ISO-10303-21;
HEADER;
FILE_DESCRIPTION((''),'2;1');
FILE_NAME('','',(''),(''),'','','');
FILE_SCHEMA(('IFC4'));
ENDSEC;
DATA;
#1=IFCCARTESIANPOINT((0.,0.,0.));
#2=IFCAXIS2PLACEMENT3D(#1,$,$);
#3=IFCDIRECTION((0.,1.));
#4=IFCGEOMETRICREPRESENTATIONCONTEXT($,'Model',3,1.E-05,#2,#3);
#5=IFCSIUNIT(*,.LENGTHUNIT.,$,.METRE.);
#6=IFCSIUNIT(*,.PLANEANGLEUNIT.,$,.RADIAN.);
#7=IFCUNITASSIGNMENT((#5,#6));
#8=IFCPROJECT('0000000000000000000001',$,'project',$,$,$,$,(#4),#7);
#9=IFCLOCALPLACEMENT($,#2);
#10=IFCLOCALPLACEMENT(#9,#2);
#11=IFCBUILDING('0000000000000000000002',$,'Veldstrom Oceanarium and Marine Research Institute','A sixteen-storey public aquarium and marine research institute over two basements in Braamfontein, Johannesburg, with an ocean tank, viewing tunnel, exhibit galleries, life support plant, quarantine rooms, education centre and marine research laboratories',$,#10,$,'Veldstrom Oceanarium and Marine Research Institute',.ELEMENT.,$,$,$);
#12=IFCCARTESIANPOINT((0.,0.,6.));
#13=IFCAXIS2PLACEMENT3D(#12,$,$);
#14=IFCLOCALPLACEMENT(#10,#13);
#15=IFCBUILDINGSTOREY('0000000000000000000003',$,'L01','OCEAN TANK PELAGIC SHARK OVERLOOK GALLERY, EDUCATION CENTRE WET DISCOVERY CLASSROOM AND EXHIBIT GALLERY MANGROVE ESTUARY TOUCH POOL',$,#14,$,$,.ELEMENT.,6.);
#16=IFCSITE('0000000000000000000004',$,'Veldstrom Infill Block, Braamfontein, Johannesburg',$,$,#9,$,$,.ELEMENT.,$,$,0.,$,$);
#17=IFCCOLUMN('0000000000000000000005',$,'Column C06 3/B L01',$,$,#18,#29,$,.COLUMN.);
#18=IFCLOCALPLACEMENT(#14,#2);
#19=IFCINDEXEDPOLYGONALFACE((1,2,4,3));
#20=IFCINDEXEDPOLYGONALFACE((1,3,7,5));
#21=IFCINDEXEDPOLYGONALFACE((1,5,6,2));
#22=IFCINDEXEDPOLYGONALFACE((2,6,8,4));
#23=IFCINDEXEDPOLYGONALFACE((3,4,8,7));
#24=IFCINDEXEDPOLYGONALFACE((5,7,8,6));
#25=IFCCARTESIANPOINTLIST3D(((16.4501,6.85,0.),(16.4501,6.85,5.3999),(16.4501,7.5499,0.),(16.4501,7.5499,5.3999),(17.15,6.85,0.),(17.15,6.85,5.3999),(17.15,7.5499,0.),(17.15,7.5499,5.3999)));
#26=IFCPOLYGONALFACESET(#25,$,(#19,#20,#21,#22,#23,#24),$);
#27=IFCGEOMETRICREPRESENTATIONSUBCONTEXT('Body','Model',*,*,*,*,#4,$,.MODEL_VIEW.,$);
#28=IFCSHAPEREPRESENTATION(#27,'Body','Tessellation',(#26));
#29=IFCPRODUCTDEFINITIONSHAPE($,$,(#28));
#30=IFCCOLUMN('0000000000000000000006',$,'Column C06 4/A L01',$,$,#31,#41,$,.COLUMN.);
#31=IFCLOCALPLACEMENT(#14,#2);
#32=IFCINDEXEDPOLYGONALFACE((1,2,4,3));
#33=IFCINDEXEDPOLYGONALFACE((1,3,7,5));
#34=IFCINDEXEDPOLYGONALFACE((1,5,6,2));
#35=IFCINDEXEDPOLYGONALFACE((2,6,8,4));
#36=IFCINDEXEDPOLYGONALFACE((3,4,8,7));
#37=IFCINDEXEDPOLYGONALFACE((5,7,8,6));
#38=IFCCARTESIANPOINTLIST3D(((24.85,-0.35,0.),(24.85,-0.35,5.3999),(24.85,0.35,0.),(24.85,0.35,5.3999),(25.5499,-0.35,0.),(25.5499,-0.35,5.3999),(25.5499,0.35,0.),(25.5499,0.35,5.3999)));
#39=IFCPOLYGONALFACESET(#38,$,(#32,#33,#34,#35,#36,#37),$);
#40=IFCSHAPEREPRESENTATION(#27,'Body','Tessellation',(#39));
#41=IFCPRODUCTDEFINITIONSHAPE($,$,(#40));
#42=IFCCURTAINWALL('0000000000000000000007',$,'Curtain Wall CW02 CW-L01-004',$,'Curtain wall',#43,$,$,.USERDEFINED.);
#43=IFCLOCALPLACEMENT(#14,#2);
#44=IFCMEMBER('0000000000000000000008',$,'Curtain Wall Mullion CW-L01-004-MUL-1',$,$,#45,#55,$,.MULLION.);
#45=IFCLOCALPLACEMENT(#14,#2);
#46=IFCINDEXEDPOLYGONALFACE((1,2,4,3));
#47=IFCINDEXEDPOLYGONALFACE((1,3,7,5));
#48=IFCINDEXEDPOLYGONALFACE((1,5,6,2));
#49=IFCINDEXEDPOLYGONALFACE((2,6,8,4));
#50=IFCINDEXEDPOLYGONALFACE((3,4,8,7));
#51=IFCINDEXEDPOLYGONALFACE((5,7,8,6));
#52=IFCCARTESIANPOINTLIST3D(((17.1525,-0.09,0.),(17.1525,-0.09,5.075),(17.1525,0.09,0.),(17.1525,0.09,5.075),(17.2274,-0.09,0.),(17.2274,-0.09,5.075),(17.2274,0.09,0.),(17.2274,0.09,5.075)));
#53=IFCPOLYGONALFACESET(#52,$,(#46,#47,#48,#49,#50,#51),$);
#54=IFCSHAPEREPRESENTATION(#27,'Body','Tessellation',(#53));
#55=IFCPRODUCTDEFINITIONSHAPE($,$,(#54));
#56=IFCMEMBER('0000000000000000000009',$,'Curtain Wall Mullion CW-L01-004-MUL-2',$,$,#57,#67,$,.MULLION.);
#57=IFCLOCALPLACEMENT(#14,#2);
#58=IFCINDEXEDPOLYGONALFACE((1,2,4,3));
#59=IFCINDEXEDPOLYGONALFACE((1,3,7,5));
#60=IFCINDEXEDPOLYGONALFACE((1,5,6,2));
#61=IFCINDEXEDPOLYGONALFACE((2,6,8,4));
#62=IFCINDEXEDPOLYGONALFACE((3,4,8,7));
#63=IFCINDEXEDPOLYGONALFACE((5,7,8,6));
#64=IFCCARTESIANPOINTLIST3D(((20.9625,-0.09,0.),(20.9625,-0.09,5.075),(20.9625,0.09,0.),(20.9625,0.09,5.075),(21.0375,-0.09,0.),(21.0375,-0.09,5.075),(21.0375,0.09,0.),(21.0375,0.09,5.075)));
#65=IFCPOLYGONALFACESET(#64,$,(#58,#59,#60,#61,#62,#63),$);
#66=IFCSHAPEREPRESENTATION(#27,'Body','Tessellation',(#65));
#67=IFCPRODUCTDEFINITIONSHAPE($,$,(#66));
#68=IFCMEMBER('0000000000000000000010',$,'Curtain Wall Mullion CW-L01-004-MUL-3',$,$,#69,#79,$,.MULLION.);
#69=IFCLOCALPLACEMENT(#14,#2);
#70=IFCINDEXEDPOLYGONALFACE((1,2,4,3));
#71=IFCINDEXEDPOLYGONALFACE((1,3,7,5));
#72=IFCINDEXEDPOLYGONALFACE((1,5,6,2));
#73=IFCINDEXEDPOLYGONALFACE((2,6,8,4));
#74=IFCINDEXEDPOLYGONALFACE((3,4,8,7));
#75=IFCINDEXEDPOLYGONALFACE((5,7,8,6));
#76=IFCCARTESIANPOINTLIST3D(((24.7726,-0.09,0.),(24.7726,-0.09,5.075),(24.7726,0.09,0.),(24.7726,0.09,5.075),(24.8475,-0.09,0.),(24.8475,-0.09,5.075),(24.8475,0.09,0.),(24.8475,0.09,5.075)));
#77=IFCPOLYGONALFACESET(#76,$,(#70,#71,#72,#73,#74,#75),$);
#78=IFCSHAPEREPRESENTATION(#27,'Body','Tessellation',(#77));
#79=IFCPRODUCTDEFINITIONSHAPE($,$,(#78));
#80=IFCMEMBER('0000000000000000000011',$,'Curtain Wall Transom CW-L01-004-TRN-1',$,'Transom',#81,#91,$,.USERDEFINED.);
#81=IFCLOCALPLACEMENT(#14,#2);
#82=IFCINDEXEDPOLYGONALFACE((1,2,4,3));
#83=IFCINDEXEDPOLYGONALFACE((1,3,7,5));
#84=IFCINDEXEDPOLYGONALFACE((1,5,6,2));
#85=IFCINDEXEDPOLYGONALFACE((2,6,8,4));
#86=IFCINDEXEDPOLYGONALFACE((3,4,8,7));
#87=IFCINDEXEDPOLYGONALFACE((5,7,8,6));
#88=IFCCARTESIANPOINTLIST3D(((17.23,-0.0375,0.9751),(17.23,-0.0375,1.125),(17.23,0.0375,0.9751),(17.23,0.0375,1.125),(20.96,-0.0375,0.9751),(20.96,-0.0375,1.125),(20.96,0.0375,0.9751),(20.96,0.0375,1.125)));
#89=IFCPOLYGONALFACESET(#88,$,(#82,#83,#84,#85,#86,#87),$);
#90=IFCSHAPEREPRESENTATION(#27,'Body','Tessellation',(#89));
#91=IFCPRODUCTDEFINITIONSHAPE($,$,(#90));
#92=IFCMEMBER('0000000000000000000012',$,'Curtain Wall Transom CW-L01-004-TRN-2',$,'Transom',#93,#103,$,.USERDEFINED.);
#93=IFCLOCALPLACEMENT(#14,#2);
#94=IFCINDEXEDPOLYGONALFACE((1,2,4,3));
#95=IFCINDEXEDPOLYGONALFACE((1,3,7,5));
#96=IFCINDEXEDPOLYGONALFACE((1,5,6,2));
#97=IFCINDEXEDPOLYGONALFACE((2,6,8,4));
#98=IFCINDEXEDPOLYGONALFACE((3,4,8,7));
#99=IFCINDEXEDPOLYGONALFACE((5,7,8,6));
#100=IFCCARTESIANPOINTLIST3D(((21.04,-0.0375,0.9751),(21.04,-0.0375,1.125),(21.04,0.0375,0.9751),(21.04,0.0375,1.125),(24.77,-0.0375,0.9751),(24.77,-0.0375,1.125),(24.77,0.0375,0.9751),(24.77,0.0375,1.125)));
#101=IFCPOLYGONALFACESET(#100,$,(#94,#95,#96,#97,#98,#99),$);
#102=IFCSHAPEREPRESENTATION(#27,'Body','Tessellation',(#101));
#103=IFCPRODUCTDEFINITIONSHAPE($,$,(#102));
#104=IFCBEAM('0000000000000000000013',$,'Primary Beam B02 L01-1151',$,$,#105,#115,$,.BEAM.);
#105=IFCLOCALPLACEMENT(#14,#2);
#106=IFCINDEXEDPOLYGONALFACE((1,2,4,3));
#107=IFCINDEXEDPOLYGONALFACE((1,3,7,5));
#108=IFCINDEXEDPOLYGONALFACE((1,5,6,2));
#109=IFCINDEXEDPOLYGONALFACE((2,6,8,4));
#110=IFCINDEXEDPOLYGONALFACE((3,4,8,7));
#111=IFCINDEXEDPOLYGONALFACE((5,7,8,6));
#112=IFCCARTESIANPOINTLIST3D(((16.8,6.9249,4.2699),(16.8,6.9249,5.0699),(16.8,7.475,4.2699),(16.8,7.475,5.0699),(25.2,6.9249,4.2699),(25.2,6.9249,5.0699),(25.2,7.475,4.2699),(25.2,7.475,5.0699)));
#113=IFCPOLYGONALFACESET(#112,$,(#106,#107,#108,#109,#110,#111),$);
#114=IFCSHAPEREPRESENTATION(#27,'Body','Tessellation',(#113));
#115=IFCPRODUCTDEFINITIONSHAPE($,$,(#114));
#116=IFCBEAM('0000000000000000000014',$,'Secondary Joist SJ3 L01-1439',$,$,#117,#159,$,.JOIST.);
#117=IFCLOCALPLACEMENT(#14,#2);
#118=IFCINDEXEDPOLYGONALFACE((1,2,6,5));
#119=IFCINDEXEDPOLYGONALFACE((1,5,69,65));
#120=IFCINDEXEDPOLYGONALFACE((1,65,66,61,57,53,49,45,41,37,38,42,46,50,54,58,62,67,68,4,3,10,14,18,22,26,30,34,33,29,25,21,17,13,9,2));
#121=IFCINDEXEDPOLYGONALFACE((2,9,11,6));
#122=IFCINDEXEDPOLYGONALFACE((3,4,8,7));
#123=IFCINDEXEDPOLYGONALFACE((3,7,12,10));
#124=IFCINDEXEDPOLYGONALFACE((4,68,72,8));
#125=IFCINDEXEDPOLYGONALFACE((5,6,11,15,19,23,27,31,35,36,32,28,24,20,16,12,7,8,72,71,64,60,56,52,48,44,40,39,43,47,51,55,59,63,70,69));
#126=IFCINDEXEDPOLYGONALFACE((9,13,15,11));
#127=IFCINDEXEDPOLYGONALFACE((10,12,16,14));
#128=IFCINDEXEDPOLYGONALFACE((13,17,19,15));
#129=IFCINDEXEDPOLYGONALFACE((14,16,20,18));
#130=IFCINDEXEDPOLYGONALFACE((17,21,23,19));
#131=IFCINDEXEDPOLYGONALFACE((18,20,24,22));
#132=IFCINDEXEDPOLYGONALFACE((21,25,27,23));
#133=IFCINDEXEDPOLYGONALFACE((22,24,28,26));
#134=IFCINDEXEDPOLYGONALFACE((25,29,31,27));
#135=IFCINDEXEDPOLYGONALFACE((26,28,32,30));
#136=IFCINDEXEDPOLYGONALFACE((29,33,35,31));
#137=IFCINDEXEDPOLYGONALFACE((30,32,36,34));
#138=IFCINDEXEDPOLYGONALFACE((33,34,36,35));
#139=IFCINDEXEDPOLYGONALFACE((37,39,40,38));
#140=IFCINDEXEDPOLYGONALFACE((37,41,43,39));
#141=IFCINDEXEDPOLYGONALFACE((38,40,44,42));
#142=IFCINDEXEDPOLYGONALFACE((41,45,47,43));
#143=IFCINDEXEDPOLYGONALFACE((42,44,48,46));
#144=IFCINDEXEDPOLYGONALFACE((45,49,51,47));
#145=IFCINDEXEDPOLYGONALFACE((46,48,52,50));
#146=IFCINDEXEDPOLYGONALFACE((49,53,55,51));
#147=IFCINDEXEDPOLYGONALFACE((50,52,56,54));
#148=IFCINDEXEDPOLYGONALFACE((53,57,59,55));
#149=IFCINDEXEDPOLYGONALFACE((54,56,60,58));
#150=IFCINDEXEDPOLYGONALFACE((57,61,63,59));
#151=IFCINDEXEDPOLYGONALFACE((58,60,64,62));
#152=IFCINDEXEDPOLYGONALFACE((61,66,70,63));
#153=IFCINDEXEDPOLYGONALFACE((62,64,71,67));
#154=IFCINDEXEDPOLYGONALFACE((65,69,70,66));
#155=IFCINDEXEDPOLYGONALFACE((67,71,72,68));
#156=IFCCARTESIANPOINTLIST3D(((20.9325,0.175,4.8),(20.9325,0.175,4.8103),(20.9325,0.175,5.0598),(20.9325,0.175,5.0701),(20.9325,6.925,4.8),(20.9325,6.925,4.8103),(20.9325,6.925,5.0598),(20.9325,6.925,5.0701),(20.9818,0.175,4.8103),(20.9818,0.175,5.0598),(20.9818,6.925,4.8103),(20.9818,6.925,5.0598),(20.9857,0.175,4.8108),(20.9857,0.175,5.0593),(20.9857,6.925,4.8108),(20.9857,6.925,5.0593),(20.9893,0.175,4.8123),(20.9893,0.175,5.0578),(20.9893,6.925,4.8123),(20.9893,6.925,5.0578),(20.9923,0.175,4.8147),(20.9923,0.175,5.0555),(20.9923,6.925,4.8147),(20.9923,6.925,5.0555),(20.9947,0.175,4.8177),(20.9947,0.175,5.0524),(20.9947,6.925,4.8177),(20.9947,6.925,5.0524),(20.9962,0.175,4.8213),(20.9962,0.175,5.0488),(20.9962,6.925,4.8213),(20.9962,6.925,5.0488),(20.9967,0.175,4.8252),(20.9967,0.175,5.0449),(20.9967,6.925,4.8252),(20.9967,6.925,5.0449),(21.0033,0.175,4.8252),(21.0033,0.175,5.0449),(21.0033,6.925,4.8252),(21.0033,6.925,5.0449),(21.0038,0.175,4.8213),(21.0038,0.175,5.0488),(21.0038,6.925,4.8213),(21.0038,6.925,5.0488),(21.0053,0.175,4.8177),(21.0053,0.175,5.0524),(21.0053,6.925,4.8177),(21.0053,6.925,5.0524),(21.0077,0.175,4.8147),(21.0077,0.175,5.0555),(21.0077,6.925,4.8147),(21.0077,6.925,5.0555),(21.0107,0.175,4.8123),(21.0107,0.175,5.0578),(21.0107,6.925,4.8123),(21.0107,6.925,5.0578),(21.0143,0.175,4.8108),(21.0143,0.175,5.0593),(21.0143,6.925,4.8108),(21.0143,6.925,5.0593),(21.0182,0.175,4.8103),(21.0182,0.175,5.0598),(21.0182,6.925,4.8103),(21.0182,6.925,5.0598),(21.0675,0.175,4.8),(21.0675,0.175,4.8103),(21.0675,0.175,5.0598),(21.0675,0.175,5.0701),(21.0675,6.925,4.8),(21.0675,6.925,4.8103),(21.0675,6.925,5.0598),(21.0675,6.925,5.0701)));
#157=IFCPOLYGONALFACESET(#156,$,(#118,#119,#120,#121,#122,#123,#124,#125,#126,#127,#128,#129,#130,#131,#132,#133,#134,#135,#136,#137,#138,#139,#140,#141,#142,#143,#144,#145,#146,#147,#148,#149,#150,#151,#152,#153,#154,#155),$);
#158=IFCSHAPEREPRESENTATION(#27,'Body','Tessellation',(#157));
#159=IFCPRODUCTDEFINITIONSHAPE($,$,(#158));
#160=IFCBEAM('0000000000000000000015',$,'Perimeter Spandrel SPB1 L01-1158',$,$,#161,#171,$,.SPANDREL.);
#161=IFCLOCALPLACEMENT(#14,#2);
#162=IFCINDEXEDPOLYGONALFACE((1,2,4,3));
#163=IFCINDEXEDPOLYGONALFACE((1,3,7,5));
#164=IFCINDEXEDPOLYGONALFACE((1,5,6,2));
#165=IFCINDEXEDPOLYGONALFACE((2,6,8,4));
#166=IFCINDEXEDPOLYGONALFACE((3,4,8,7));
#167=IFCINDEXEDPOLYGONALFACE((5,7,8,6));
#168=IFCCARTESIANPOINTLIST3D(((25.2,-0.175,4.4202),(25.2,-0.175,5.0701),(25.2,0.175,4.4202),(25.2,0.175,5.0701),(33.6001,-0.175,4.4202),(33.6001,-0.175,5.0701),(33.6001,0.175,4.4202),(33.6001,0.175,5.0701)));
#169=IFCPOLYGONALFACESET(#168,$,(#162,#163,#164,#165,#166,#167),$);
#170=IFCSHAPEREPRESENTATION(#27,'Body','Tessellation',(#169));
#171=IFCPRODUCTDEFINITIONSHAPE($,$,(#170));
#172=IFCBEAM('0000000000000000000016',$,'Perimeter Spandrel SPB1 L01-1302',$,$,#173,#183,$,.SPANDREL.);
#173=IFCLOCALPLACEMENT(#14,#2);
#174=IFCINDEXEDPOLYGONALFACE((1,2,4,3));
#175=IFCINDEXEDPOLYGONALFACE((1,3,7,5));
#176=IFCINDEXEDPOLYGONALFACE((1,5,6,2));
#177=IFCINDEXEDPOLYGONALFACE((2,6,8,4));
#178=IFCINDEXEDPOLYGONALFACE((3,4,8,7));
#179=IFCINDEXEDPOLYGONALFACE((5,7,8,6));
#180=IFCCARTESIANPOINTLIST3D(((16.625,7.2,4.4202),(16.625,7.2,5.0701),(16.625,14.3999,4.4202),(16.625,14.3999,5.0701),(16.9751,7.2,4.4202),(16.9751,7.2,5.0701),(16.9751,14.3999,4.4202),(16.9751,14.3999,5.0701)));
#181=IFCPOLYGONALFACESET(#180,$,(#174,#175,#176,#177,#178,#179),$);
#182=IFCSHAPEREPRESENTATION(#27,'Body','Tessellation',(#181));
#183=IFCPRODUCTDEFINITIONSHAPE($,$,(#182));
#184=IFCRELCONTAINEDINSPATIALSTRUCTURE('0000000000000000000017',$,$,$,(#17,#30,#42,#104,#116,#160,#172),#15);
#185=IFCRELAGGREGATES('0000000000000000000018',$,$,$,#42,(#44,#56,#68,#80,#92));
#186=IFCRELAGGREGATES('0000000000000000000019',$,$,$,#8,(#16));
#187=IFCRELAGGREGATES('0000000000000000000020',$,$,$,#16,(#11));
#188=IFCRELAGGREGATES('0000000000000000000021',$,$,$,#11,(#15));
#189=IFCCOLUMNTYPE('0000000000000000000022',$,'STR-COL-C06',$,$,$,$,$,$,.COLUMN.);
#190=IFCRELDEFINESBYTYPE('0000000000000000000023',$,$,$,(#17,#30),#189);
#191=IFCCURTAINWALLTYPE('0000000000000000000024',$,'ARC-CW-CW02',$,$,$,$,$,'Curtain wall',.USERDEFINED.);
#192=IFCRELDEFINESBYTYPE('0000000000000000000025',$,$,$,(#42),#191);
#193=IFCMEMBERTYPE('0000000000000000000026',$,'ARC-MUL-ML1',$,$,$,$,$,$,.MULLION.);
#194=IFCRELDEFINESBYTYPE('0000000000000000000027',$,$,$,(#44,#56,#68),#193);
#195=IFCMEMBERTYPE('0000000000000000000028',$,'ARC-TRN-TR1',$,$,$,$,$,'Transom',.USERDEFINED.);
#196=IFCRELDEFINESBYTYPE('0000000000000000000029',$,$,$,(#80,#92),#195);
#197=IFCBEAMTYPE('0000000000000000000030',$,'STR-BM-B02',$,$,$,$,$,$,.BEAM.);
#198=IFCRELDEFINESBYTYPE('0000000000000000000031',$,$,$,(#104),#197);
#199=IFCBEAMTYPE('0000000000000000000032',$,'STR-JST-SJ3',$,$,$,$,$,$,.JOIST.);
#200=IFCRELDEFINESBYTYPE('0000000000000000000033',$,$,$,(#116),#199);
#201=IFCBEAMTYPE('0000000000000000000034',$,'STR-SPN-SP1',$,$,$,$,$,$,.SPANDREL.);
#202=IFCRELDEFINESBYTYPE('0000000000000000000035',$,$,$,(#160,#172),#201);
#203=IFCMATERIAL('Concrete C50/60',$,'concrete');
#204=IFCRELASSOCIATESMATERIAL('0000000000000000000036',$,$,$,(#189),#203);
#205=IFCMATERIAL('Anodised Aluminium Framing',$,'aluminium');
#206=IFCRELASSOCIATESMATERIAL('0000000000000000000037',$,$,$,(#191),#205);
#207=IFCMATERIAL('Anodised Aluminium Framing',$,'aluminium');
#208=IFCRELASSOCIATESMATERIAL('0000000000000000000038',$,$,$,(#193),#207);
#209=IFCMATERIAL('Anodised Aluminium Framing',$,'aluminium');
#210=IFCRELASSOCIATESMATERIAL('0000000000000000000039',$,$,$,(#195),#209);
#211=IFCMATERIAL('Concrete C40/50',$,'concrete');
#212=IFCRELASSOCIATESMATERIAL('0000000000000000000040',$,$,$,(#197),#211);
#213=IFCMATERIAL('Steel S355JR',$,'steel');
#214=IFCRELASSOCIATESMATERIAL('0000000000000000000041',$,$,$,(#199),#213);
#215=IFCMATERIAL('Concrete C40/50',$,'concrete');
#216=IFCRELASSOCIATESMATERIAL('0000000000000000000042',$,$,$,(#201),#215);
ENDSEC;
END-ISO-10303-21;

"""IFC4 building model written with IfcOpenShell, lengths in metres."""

from ifc_helpers import new_model, si_unit, direction, frame, origin, origin_2d, place, context, subcontext, project, spatial, rectangle, i_section, extrude, material, material_profile, profile_set, type_object, element, aggregate, save


model = new_model("IFC4")

# Units and contexts
model_context = context("Model", 3, precision=1e-05, world=origin(), true_north=direction((0.0, 1.0)))
body_context = subcontext(model_context, "Body", "Model", "MODEL_VIEW")
ifc_project = project(units=[si_unit("LENGTHUNIT", "METRE"), si_unit("PLANEANGLEUNIT", "RADIAN")], contexts=[model_context])

# Site, building, storey
site_placement = place(None, origin())
site = spatial("IfcSite", under=ifc_project, at=site_placement, Name="Veldstrom Infill Block, Braamfontein, Johannesburg", CompositionType="ELEMENT", RefElevation=0.0)
building_placement = place(site_placement, origin())
building = spatial("IfcBuilding", under=site, at=building_placement, Name="Veldstrom Oceanarium and Marine Research Institute", Description="A sixteen-storey public aquarium and marine research institute over two basements in Braamfontein, Johannesburg, with an ocean tank, viewing tunnel, exhibit galleries, life support plant, quarantine rooms, education centre and marine research laboratories", LongName="Veldstrom Oceanarium and Marine Research Institute", CompositionType="ELEMENT")
storey_placement = place(building_placement, frame((0.0, 0.0, 6.0)))
storey = spatial("IfcBuildingStorey", under=building, at=storey_placement, Name="L01", Description="OCEAN TANK PELAGIC SHARK OVERLOOK GALLERY, EDUCATION CENTRE WET DISCOVERY CLASSROOM AND EXHIBIT GALLERY MANGROVE ESTUARY TOUCH POOL", CompositionType="ELEMENT", Elevation=6.0)

# Columns
ifc_material_1 = material(Name="Concrete C50/60", Category="concrete")
ifc_material_profile_1 = material_profile(ifc_material_1, rectangle(XDim=0.7, YDim=0.7, at=origin_2d()), Name="RC-COL-700x700")
ifc_profile_set_1 = profile_set([ifc_material_profile_1], Name="Concrete C50/60")
column_type = type_object("IfcColumnType", Name="STR-COL-C06", PredefinedType="COLUMN", material=ifc_profile_set_1)
for number, where, z_axis, x_axis, name in (
    (1, (16.8, 7.2, 0.0), (0.0, 0.0, 1.0), (1.0, 0.0, 0.0), "Column C06 3/B L01"),
    (2, (25.2, 0.0, 0.0), (0.0, 0.0, 1.0), (1.0, 0.0, 0.0), "Column C06 4/A L01"),
):
    element("IfcColumn", number, at=place(storey_placement, frame(where, z_axis=z_axis, x_axis=x_axis)), inside=storey, type_object=column_type, Name=name, PredefinedType="COLUMN", context=body_context, shape_type="SweptSolid", body=[
        extrude(rectangle(XDim=0.7, YDim=0.7, at=origin_2d()), origin(), (0.0, 0.0, 1.0), 5.3999),
    ])

# Curtain wall, members
ifc_material_2 = material(Name="Anodised Aluminium Framing", Category="aluminium")
curtain_wall_type = type_object("IfcCurtainWallType", Name="ARC-CW-CW02", ElementType="Curtain wall", PredefinedType="USERDEFINED", material=ifc_material_2)
curtain_wall_placement = place(storey_placement, origin())
curtain_wall = element("IfcCurtainWall", 3, at=curtain_wall_placement, inside=storey, type_object=curtain_wall_type, Name="Curtain Wall CW02 CW-L01-004", ObjectType="Curtain wall", PredefinedType="USERDEFINED")
ifc_material_3 = material(Name="Anodised Aluminium Framing", Category="aluminium")
ifc_material_profile_2 = material_profile(ifc_material_3, rectangle(XDim=0.075, YDim=0.1799, at=origin_2d()), Name="ALU-MUL-75x180")
ifc_profile_set_2 = profile_set([ifc_material_profile_2], Name="Anodised Aluminium Framing")
member_type_1 = type_object("IfcMemberType", Name="ARC-MUL-ML1", PredefinedType="MULLION", material=ifc_profile_set_2)
member_1_placement = place(storey_placement, frame((17.1899, 0.0, 0.0), z_axis=(0.0, 0.0, 1.0), x_axis=(1.0, 0.0, 0.0)))
member_1 = element("IfcMember", 4, at=member_1_placement, type_object=member_type_1, Name="Curtain Wall Mullion CW-L01-004-MUL-1", PredefinedType="MULLION", context=body_context, shape_type="SweptSolid", body=[
    extrude(rectangle(XDim=0.075, YDim=0.1799, at=origin_2d()), origin(), (0.0, 0.0, 1.0), 5.075),
])
member_2_placement = place(storey_placement, frame((21.0, 0.0, 0.0), z_axis=(0.0, 0.0, 1.0), x_axis=(1.0, 0.0, 0.0)))
member_2 = element("IfcMember", 5, at=member_2_placement, type_object=member_type_1, Name="Curtain Wall Mullion CW-L01-004-MUL-2", PredefinedType="MULLION", context=body_context, shape_type="SweptSolid", body=[
    extrude(rectangle(XDim=0.075, YDim=0.1799, at=origin_2d()), origin(), (0.0, 0.0, 1.0), 5.075),
])
member_3_placement = place(storey_placement, frame((24.8101, 0.0, 0.0), z_axis=(0.0, 0.0, 1.0), x_axis=(1.0, 0.0, 0.0)))
member_3 = element("IfcMember", 6, at=member_3_placement, type_object=member_type_1, Name="Curtain Wall Mullion CW-L01-004-MUL-3", PredefinedType="MULLION", context=body_context, shape_type="SweptSolid", body=[
    extrude(rectangle(XDim=0.075, YDim=0.1799, at=origin_2d()), origin(), (0.0, 0.0, 1.0), 5.075),
])
ifc_material_4 = material(Name="Anodised Aluminium Framing", Category="aluminium")
ifc_material_profile_3 = material_profile(ifc_material_4, rectangle(XDim=0.075, YDim=0.1499, at=origin_2d()), Name="ALU-TRN-75x150")
ifc_profile_set_3 = profile_set([ifc_material_profile_3], Name="Anodised Aluminium Framing")
member_type_2 = type_object("IfcMemberType", Name="ARC-TRN-TR1", ElementType="Transom", PredefinedType="USERDEFINED", material=ifc_profile_set_3)
member_4_placement = place(storey_placement, frame((17.23, 0.0, 1.05), z_axis=(1.0, 0.0, 0.0), x_axis=(0.0, 1.0, 0.0)))
member_4 = element("IfcMember", 7, at=member_4_placement, type_object=member_type_2, Name="Curtain Wall Transom CW-L01-004-TRN-1", ObjectType="Transom", PredefinedType="USERDEFINED", context=body_context, shape_type="SweptSolid", body=[
    extrude(rectangle(XDim=0.075, YDim=0.1499, at=origin_2d()), origin(), (0.0, 0.0, 1.0), 3.73),
])
member_5_placement = place(storey_placement, frame((21.04, 0.0, 1.05), z_axis=(1.0, 0.0, 0.0), x_axis=(0.0, 1.0, 0.0)))
member_5 = element("IfcMember", 8, at=member_5_placement, type_object=member_type_2, Name="Curtain Wall Transom CW-L01-004-TRN-2", ObjectType="Transom", PredefinedType="USERDEFINED", context=body_context, shape_type="SweptSolid", body=[
    extrude(rectangle(XDim=0.075, YDim=0.1499, at=origin_2d()), origin(), (0.0, 0.0, 1.0), 3.73),
])

# Beams
ifc_material_5 = material(Name="Concrete C40/50", Category="concrete")
ifc_material_profile_4 = material_profile(ifc_material_5, rectangle(XDim=0.55, YDim=0.8, at=origin_2d()), Name="RC-BM-550x800")
ifc_profile_set_4 = profile_set([ifc_material_profile_4], Name="Concrete C40/50")
beam_type_1 = type_object("IfcBeamType", Name="STR-BM-B02", PredefinedType="BEAM", material=ifc_profile_set_4)
beam_1_placement = place(storey_placement, frame((16.8, 7.2, 4.6699), z_axis=(1.0, 0.0, 0.0), x_axis=(0.0, 1.0, 0.0)))
element("IfcBeam", 9, at=beam_1_placement, inside=storey, type_object=beam_type_1, Name="Primary Beam B02 L01-1151", PredefinedType="BEAM", context=body_context, shape_type="SweptSolid", body=[
    extrude(rectangle(XDim=0.55, YDim=0.8, at=origin_2d()), origin(), (0.0, 0.0, 1.0), 8.3999),
])
ifc_material_6 = material(Name="Steel S355JR", Category="steel")
ifc_material_profile_5 = material_profile(ifc_material_6, i_section(OverallWidth=0.135, OverallDepth=0.27, WebThickness=0.0066, FlangeThickness=0.0103, FilletRadius=0.0149, at=origin_2d()), Name="IPE 270")
ifc_profile_set_5 = profile_set([ifc_material_profile_5], Name="Steel S355JR")
beam_type_2 = type_object("IfcBeamType", Name="STR-JST-SJ3", PredefinedType="JOIST", material=ifc_profile_set_5)
beam_2_placement = place(storey_placement, frame((21.0, 0.175, 4.9351), z_axis=(0.0, 1.0, 0.0), x_axis=(-1.0, 0.0, 0.0)))
element("IfcBeam", 10, at=beam_2_placement, inside=storey, type_object=beam_type_2, Name="Secondary Joist SJ3 L01-1439", PredefinedType="JOIST", context=body_context, shape_type="SweptSolid", body=[
    extrude(i_section(OverallWidth=0.135, OverallDepth=0.27, WebThickness=0.0066, FlangeThickness=0.0103, FilletRadius=0.0149, at=origin_2d()), origin(), (0.0, 0.0, 1.0), 6.75),
])
ifc_material_7 = material(Name="Concrete C40/50", Category="concrete")
ifc_material_profile_6 = material_profile(ifc_material_7, rectangle(XDim=0.3501, YDim=0.6499, at=origin_2d()), Name="RC-SPN-350x650")
ifc_profile_set_6 = profile_set([ifc_material_profile_6], Name="Concrete C40/50")
beam_type_3 = type_object("IfcBeamType", Name="STR-SPN-SP1", PredefinedType="SPANDREL", material=ifc_profile_set_6)
beam_3_placement = place(storey_placement, frame((25.2, 0.0, 4.7451), z_axis=(1.0, 0.0, 0.0), x_axis=(0.0, 1.0, 0.0)))
element("IfcBeam", 11, at=beam_3_placement, inside=storey, type_object=beam_type_3, Name="Perimeter Spandrel SPB1 L01-1158", PredefinedType="SPANDREL", context=body_context, shape_type="SweptSolid", body=[
    extrude(rectangle(XDim=0.3501, YDim=0.6499, at=origin_2d()), origin(), (0.0, 0.0, 1.0), 8.4001),
])
beam_4_placement = place(storey_placement, frame((16.8, 7.2, 4.7451), z_axis=(0.0, 1.0, 0.0), x_axis=(-1.0, 0.0, 0.0)))
element("IfcBeam", 12, at=beam_4_placement, inside=storey, type_object=beam_type_3, Name="Perimeter Spandrel SPB1 L01-1302", PredefinedType="SPANDREL", context=body_context, shape_type="SweptSolid", body=[
    extrude(rectangle(XDim=0.3501, YDim=0.6499, at=origin_2d()), origin(), (0.0, 0.0, 1.0), 7.2),
])

aggregate(curtain_wall, [member_1, member_2, member_3, member_4, member_5])

save(model, "model.ifc")
